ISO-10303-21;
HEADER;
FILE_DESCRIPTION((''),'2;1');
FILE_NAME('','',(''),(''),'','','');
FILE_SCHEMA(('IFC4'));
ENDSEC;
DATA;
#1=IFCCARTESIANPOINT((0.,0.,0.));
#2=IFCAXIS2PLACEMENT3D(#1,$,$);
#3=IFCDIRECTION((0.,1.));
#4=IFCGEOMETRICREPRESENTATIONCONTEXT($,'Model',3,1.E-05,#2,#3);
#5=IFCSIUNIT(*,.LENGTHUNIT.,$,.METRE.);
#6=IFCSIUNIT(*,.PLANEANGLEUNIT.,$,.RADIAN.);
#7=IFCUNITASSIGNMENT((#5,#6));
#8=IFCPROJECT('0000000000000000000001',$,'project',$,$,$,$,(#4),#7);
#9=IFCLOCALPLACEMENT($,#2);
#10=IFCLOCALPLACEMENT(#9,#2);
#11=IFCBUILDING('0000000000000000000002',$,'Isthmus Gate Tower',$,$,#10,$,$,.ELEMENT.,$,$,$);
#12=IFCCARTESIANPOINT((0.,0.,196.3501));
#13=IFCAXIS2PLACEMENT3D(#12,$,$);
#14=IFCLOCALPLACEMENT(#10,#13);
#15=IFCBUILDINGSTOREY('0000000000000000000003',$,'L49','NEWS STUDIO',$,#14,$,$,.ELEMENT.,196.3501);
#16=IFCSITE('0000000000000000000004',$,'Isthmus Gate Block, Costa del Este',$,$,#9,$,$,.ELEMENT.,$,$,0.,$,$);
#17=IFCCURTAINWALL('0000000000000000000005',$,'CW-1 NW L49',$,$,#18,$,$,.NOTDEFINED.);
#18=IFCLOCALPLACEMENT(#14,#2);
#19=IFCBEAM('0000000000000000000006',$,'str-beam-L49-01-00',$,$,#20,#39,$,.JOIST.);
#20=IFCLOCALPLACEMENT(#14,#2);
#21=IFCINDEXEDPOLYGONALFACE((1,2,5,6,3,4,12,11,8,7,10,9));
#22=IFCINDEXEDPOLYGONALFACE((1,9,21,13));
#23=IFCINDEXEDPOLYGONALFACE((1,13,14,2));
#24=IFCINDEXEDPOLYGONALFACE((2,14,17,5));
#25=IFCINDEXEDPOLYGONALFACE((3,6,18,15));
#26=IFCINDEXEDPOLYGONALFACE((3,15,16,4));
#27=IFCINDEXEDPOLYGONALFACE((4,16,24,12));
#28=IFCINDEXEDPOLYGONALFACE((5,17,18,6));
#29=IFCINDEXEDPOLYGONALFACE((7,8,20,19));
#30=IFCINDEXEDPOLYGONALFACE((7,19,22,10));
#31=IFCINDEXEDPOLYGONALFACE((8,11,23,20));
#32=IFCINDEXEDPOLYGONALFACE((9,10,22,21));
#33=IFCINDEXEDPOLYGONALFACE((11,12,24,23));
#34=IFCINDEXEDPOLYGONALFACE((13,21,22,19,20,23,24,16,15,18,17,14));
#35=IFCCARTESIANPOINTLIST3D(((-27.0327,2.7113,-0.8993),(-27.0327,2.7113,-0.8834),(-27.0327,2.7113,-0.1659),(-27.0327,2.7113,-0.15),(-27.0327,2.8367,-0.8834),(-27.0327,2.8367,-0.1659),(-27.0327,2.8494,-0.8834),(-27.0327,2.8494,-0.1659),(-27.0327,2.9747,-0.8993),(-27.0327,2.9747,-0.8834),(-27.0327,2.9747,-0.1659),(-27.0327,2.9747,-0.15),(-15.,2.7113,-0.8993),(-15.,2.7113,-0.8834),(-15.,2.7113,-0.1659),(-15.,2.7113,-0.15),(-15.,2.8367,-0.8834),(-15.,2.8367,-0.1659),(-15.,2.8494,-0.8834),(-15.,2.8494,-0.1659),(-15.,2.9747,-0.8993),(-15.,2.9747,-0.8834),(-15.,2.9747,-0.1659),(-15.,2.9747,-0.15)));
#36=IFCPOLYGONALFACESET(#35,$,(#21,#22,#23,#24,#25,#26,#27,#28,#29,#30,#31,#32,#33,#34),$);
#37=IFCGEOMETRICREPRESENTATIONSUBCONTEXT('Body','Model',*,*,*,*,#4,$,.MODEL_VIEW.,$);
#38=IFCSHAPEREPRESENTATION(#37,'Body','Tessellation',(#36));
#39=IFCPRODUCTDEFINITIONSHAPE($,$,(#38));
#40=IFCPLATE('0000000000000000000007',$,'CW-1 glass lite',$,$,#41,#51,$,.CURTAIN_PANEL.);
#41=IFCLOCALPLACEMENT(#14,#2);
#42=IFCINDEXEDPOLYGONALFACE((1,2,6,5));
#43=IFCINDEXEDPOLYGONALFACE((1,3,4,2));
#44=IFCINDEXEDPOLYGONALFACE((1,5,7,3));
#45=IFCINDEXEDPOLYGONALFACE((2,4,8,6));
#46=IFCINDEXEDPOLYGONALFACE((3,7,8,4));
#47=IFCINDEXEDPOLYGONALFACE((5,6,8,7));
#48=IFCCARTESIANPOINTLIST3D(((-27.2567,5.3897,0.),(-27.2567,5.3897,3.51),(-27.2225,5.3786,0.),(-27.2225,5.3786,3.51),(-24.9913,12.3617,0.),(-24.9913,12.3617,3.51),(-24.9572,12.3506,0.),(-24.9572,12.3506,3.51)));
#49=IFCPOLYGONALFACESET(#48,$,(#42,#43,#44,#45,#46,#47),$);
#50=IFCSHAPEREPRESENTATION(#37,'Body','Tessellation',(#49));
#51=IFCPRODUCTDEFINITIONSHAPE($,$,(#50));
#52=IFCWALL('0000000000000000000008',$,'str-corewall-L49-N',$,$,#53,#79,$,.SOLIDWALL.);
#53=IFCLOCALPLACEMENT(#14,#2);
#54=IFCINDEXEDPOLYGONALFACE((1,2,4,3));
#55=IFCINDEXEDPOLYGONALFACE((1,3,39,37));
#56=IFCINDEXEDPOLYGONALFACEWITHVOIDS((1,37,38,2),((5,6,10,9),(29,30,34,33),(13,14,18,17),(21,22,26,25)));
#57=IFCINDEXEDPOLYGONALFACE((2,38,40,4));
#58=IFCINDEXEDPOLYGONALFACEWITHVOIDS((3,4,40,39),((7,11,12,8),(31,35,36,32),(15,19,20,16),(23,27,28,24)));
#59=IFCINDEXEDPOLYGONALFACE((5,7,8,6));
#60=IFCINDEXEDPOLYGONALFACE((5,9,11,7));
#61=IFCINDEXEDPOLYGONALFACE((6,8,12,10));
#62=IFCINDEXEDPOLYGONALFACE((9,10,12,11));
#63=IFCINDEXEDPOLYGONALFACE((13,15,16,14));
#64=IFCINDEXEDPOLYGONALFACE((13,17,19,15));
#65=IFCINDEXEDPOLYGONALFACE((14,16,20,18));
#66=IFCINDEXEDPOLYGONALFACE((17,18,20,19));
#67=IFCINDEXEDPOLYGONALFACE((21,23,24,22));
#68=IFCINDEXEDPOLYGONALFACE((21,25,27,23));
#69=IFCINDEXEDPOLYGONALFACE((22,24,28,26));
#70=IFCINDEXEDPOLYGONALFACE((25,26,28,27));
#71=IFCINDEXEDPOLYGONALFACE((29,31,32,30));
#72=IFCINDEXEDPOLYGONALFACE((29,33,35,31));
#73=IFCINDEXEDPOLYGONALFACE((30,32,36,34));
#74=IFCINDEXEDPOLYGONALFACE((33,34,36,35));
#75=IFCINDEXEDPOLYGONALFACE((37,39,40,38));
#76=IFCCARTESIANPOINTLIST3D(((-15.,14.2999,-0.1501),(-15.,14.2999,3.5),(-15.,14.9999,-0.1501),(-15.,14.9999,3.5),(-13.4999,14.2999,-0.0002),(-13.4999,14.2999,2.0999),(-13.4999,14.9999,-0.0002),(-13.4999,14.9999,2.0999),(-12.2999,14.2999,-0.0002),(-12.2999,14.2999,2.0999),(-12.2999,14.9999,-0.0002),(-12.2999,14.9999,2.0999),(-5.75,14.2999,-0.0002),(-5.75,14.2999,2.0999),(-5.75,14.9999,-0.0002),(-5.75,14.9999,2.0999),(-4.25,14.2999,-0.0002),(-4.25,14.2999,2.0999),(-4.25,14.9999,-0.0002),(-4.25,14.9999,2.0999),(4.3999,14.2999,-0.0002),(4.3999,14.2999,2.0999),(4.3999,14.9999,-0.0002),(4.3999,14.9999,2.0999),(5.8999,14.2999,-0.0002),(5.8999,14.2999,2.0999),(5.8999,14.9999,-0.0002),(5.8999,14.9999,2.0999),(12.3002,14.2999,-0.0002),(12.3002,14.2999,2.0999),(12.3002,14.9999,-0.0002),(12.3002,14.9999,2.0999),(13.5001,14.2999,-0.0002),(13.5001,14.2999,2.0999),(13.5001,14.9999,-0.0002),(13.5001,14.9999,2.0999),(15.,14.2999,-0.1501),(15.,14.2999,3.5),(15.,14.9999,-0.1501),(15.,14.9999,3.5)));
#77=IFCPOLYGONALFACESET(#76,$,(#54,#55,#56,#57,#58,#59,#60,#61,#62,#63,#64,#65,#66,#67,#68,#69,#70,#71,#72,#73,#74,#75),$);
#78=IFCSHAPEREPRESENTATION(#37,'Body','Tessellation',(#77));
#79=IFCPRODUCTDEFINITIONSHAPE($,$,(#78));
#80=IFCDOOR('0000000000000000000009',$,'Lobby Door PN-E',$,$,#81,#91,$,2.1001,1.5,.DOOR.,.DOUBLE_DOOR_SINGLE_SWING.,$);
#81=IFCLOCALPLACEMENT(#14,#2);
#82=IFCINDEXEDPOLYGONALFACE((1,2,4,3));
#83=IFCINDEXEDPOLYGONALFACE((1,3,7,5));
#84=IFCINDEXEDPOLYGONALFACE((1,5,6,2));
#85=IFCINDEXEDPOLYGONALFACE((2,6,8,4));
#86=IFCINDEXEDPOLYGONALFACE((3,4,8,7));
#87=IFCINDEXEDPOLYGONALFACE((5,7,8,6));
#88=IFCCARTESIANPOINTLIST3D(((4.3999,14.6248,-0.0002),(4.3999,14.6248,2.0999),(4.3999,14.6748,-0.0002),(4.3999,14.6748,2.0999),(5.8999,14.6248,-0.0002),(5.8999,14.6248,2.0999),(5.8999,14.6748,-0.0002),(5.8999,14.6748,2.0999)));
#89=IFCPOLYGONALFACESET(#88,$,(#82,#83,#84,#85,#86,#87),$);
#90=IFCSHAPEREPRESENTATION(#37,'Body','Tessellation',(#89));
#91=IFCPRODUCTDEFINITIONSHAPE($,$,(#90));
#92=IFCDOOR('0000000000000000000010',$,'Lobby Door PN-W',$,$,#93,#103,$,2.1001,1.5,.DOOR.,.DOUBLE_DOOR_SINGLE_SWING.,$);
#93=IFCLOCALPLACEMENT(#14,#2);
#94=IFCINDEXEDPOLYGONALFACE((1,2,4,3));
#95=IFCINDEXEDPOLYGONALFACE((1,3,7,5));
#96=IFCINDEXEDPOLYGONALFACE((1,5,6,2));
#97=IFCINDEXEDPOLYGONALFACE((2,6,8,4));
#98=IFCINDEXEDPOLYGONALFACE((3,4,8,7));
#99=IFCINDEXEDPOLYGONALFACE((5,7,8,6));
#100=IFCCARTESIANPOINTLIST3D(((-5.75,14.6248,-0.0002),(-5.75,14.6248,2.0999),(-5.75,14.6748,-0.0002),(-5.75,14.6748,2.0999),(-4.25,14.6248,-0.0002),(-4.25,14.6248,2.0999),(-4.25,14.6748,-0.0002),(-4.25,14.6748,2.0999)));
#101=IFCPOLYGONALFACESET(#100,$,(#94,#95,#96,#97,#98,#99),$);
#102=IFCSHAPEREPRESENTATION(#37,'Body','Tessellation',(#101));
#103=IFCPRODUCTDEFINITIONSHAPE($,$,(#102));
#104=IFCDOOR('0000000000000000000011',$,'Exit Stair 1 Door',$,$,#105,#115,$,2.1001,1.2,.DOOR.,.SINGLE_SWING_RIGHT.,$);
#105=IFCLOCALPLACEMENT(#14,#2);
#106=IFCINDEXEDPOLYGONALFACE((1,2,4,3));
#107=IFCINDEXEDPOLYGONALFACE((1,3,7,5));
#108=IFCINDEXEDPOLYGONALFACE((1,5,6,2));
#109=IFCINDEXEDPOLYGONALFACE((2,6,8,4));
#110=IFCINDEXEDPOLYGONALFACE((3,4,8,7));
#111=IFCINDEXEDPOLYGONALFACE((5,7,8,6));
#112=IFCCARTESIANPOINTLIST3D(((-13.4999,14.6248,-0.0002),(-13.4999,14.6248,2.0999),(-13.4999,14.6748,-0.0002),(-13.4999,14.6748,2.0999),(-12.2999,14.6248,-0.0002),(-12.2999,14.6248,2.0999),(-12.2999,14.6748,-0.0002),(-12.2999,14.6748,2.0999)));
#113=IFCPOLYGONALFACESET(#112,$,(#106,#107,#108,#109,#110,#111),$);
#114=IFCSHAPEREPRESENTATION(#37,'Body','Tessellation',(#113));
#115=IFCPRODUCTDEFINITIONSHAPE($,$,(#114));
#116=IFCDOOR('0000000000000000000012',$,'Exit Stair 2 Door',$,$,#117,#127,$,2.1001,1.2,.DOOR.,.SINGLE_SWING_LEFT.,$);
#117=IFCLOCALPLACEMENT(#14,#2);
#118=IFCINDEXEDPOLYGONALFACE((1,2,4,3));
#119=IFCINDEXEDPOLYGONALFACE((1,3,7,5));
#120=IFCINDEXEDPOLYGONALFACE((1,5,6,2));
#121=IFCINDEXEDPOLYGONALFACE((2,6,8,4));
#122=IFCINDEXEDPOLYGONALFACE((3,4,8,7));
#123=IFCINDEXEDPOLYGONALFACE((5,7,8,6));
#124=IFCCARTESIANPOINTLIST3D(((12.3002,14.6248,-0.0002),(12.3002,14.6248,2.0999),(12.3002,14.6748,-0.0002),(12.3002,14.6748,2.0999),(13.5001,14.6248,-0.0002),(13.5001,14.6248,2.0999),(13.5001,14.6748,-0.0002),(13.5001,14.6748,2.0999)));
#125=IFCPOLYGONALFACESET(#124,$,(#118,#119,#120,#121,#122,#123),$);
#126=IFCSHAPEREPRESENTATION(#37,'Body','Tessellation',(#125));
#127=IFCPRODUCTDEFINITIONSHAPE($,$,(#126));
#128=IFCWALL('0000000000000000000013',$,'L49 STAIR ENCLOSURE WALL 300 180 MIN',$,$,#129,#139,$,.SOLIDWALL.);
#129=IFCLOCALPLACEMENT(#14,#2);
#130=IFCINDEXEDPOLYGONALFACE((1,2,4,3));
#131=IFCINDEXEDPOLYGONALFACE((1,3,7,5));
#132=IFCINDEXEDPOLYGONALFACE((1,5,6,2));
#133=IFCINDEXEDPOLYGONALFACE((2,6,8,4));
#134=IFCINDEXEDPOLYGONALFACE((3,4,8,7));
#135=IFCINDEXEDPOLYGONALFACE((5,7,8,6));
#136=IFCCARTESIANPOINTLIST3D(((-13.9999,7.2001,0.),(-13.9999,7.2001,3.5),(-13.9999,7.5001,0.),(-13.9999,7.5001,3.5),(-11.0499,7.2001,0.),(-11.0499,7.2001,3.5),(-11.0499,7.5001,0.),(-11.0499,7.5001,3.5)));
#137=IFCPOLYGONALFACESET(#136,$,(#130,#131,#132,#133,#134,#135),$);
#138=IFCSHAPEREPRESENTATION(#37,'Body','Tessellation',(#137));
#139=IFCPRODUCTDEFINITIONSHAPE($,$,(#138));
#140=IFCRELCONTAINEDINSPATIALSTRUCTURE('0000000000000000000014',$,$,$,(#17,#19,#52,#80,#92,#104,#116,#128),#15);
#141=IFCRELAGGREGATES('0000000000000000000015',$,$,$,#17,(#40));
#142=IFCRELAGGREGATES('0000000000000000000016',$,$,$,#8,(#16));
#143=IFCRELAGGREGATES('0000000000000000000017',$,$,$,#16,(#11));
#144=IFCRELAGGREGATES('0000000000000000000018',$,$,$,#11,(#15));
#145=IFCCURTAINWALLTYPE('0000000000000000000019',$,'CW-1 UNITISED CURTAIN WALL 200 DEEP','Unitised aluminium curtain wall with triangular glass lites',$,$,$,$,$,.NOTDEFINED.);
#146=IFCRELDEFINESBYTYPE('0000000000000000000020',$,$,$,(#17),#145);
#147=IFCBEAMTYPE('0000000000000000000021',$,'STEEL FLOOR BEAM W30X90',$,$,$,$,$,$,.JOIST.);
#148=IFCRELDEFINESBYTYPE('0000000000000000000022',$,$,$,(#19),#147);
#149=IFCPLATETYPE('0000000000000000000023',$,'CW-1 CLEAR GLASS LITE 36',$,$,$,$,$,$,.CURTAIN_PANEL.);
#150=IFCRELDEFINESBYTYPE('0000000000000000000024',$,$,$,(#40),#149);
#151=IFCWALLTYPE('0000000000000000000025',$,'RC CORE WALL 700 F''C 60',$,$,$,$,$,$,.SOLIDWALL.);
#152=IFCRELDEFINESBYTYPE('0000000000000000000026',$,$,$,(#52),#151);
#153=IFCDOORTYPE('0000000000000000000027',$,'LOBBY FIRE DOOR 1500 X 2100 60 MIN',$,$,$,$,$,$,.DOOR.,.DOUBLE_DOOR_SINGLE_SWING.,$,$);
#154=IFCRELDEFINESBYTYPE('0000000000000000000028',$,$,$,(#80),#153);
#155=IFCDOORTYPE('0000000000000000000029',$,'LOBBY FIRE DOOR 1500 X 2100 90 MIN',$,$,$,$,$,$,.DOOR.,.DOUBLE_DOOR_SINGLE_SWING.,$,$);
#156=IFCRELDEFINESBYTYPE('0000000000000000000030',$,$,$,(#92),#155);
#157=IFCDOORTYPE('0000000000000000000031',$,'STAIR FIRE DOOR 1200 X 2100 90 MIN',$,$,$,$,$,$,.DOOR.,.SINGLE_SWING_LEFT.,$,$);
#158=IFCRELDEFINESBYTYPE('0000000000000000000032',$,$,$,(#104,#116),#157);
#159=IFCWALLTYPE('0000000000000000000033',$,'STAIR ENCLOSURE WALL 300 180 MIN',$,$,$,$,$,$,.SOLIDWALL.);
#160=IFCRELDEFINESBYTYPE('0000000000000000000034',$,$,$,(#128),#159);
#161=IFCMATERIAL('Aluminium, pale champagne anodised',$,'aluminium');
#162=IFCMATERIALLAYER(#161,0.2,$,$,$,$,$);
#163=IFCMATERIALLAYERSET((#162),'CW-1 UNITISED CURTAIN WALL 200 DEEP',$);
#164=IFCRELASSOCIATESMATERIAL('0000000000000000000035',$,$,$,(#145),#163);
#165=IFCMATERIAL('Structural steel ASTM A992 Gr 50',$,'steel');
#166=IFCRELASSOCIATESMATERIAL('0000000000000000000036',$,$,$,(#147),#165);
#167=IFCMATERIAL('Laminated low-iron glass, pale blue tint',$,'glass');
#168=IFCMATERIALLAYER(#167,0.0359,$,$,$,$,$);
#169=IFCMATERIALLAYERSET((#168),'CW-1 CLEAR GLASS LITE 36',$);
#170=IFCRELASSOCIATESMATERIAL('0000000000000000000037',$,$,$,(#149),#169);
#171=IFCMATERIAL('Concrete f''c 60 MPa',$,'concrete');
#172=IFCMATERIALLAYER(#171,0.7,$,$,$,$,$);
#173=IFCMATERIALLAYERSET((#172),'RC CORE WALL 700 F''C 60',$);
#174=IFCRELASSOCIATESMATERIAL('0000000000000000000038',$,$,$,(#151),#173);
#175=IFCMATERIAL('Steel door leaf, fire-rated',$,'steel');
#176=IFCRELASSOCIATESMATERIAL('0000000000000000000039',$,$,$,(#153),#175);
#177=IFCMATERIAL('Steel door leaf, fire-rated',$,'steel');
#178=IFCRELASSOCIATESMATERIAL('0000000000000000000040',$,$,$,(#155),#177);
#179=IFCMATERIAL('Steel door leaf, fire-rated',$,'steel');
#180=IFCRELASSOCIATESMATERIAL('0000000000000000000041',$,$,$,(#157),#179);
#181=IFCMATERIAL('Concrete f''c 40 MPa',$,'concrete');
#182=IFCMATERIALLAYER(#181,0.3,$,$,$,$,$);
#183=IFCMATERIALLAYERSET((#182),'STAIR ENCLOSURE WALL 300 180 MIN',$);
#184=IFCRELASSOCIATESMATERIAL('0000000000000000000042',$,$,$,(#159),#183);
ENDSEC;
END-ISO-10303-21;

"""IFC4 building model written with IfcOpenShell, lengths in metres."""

from ifc_helpers import new_model, si_unit, direction, frame, frame_2d, origin, origin_2d, place, context, subcontext, project, spatial, rectangle, i_section, extrude, material, layer, layer_set, material_profile, profile_set, type_object, element, fill, aggregate, save


model = new_model("IFC4")

# Units and contexts
model_context = context("Model", 3, precision=1e-05, world=origin(), true_north=direction((0.0, 1.0)))
body_context = subcontext(model_context, "Body", "Model", "MODEL_VIEW")
ifc_project = project(units=[si_unit("LENGTHUNIT", "METRE"), si_unit("PLANEANGLEUNIT", "RADIAN")], contexts=[model_context])

# Site, building, storey
site_placement = place(None, origin())
site = spatial("IfcSite", under=ifc_project, at=site_placement, Name="Isthmus Gate Block, Costa del Este", CompositionType="ELEMENT", RefElevation=0.0)
building_placement = place(site_placement, origin())
building = spatial("IfcBuilding", under=site, at=building_placement, Name="Isthmus Gate Tower", CompositionType="ELEMENT")
storey_placement = place(building_placement, frame((0.0, 0.0, 196.3501)))
storey = spatial("IfcBuildingStorey", under=building, at=storey_placement, Name="L49", Description="NEWS STUDIO", CompositionType="ELEMENT", Elevation=196.3501)

# Curtain wall
ifc_material_1 = material(Name="Aluminium, pale champagne anodised", Category="aluminium")
ifc_layer_1 = layer(ifc_material_1, 0.2)
ifc_layer_set_1 = layer_set([ifc_layer_1], Name="CW-1 UNITISED CURTAIN WALL 200 DEEP")
curtain_wall_type = type_object("IfcCurtainWallType", Name="CW-1 UNITISED CURTAIN WALL 200 DEEP", Description="Unitised aluminium curtain wall with triangular glass lites", PredefinedType="NOTDEFINED", material=ifc_layer_set_1)
curtain_wall_placement = place(storey_placement, origin())
curtain_wall = element("IfcCurtainWall", 1, at=curtain_wall_placement, inside=storey, type_object=curtain_wall_type, Name="CW-1 NW L49", PredefinedType="NOTDEFINED")

# Beam
ifc_material_2 = material(Name="Structural steel ASTM A992 Gr 50", Category="steel")
ifc_material_profile_1 = material_profile(ifc_material_2, i_section(OverallWidth=0.2634, OverallDepth=0.7493, WebThickness=0.0127, FlangeThickness=0.0159, at=origin_2d()), Name="W30X90")
ifc_profile_set_1 = profile_set([ifc_material_profile_1], Name="Structural steel ASTM A992 Gr 50")
beam_type_1 = type_object("IfcBeamType", Name="STEEL FLOOR BEAM W30X90", PredefinedType="JOIST", material=ifc_profile_set_1)
beam_1_placement = place(storey_placement, frame((-27.0327, 2.843, -0.5247), z_axis=(1.0, 0.0, 0.0), x_axis=(0.0, 1.0, 0.0)))
element("IfcBeam", 2, at=beam_1_placement, inside=storey, type_object=beam_type_1, Name="str-beam-L49-01-00", PredefinedType="JOIST", context=body_context, shape_type="SweptSolid", body=[
    extrude(i_section(OverallWidth=0.2634, OverallDepth=0.7493, WebThickness=0.0127, FlangeThickness=0.0159, at=origin_2d()), origin(), (0.0, 0.0, 1.0), 12.0327),
])

# Plate
ifc_material_3 = material(Name="Laminated low-iron glass, pale blue tint", Category="glass")
ifc_layer_2 = layer(ifc_material_3, 0.0359)
ifc_layer_set_2 = layer_set([ifc_layer_2], Name="CW-1 CLEAR GLASS LITE 36")
plate_type = type_object("IfcPlateType", Name="CW-1 CLEAR GLASS LITE 36", PredefinedType="CURTAIN_PANEL", material=ifc_layer_set_2)
plate_placement = place(storey_placement, frame((-26.1069, 8.8701, 0.0), z_axis=(0.0, 0.0, 1.0), x_axis=(-0.309017, -0.951057, 0.0)))
plate = element("IfcPlate", 3, at=plate_placement, type_object=plate_type, Name="CW-1 glass lite", PredefinedType="CURTAIN_PANEL", context=body_context, shape_type="SweptSolid", body=[
    extrude(rectangle(XDim=7.3308, YDim=0.0359, at=origin_2d()), origin(), (0.0, 0.0, 1.0), 3.51),
])
aggregate(curtain_wall, [plate])

# Wall, openings, doors
ifc_material_4 = material(Name="Concrete f'c 60 MPa", Category="concrete")
ifc_layer_3 = layer(ifc_material_4, 0.7)
ifc_layer_set_3 = layer_set([ifc_layer_3], Name="RC CORE WALL 700 F'C 60")
wall_type_1 = type_object("IfcWallType", Name="RC CORE WALL 700 F'C 60", PredefinedType="SOLIDWALL", material=ifc_layer_set_3)
wall_1_placement = place(storey_placement, frame((-15.0, 14.6499, -0.1501), z_axis=(0.0, 0.0, 1.0), x_axis=(1.0, 0.0, 0.0)))
wall_1 = element("IfcWall", 4, at=wall_1_placement, inside=storey, type_object=wall_type_1, Name="str-corewall-L49-N", PredefinedType="SOLIDWALL", context=body_context, shape_type="SweptSolid", body=[
    extrude(rectangle(XDim=30.0, YDim=0.7, at=frame_2d((15.0, 0.0))), origin(), (0.0, 0.0, 1.0), 3.6501),
])
opening_1_placement = place(wall_1_placement, frame((9.25, 0.0, 0.1499)))
opening_1 = element("IfcOpeningElement", 5, at=opening_1_placement, cuts=wall_1, PredefinedType="OPENING", context=body_context, shape_type="SweptSolid", body=[
    extrude(rectangle(XDim=1.5, YDim=2.1001, at=frame_2d((0.75, 1.05))), frame((0.0, 0.3599, 0.0), z_axis=(0.0, -1.0, 0.0), x_axis=(1.0, 0.0, 0.0)), (0.0, 0.0, 1.0), 0.72),
])
opening_2_placement = place(wall_1_placement, frame((19.3999, 0.0, 0.1499)))
opening_2 = element("IfcOpeningElement", 6, at=opening_2_placement, cuts=wall_1, PredefinedType="OPENING", context=body_context, shape_type="SweptSolid", body=[
    extrude(rectangle(XDim=1.5, YDim=2.1001, at=frame_2d((0.75, 1.05))), frame((0.0, 0.3599, 0.0), z_axis=(0.0, -1.0, 0.0), x_axis=(1.0, 0.0, 0.0)), (0.0, 0.0, 1.0), 0.72),
])
opening_3_placement = place(wall_1_placement, frame((1.5, 0.0, 0.1499)))
opening_3 = element("IfcOpeningElement", 7, at=opening_3_placement, cuts=wall_1, PredefinedType="OPENING", context=body_context, shape_type="SweptSolid", body=[
    extrude(rectangle(XDim=1.2, YDim=2.1001, at=frame_2d((0.6001, 1.05))), frame((0.0, 0.3599, 0.0), z_axis=(0.0, -1.0, 0.0), x_axis=(1.0, 0.0, 0.0)), (0.0, 0.0, 1.0), 0.72),
])
opening_4_placement = place(wall_1_placement, frame((27.3, 0.0, 0.1499)))
opening_4 = element("IfcOpeningElement", 8, at=opening_4_placement, cuts=wall_1, PredefinedType="OPENING", context=body_context, shape_type="SweptSolid", body=[
    extrude(rectangle(XDim=1.2, YDim=2.1001, at=frame_2d((0.6001, 1.05))), frame((0.0, 0.3599, 0.0), z_axis=(0.0, -1.0, 0.0), x_axis=(1.0, 0.0, 0.0)), (0.0, 0.0, 1.0), 0.72),
])
ifc_material_5 = material(Name="Steel door leaf, fire-rated", Category="steel")
door_type_1 = type_object("IfcDoorType", Name="LOBBY FIRE DOOR 1500 X 2100 60 MIN", OperationType="DOUBLE_DOOR_SINGLE_SWING", PredefinedType="DOOR", material=ifc_material_5)
door_1_placement = place(opening_2_placement, origin())
door_1 = element("IfcDoor", 9, at=door_1_placement, inside=storey, type_object=door_type_1, Name="Lobby Door PN-E", OperationType="DOUBLE_DOOR_SINGLE_SWING", OverallHeight=2.1001, OverallWidth=1.5, PredefinedType="DOOR", context=body_context, shape_type="SweptSolid", body=[
    extrude(rectangle(XDim=1.5, YDim=2.1001, at=frame_2d((0.75, 1.05))), frame((0.0, 0.0249, 0.0), z_axis=(0.0, -1.0, 0.0), x_axis=(1.0, 0.0, 0.0)), (0.0, 0.0, 1.0), 0.05),
])
fill(opening_2, door_1)
ifc_material_6 = material(Name="Steel door leaf, fire-rated", Category="steel")
door_type_2 = type_object("IfcDoorType", Name="LOBBY FIRE DOOR 1500 X 2100 90 MIN", OperationType="DOUBLE_DOOR_SINGLE_SWING", PredefinedType="DOOR", material=ifc_material_6)
door_2_placement = place(opening_1_placement, origin())
door_2 = element("IfcDoor", 10, at=door_2_placement, inside=storey, type_object=door_type_2, Name="Lobby Door PN-W", OperationType="DOUBLE_DOOR_SINGLE_SWING", OverallHeight=2.1001, OverallWidth=1.5, PredefinedType="DOOR", context=body_context, shape_type="SweptSolid", body=[
    extrude(rectangle(XDim=1.5, YDim=2.1001, at=frame_2d((0.75, 1.05))), frame((0.0, 0.0249, 0.0), z_axis=(0.0, -1.0, 0.0), x_axis=(1.0, 0.0, 0.0)), (0.0, 0.0, 1.0), 0.05),
])
fill(opening_1, door_2)
ifc_material_7 = material(Name="Steel door leaf, fire-rated", Category="steel")
door_type_3 = type_object("IfcDoorType", Name="STAIR FIRE DOOR 1200 X 2100 90 MIN", OperationType="SINGLE_SWING_LEFT", PredefinedType="DOOR", material=ifc_material_7)
door_3_placement = place(opening_3_placement, origin())
door_3 = element("IfcDoor", 11, at=door_3_placement, inside=storey, type_object=door_type_3, Name="Exit Stair 1 Door", OperationType="SINGLE_SWING_RIGHT", OverallHeight=2.1001, OverallWidth=1.2, PredefinedType="DOOR", context=body_context, shape_type="SweptSolid", body=[
    extrude(rectangle(XDim=1.2, YDim=2.1001, at=frame_2d((0.6001, 1.05))), frame((0.0, 0.0249, 0.0), z_axis=(0.0, -1.0, 0.0), x_axis=(1.0, 0.0, 0.0)), (0.0, 0.0, 1.0), 0.05),
])
fill(opening_3, door_3)
door_4_placement = place(opening_4_placement, origin())
door_4 = element("IfcDoor", 12, at=door_4_placement, inside=storey, type_object=door_type_3, Name="Exit Stair 2 Door", OperationType="SINGLE_SWING_LEFT", OverallHeight=2.1001, OverallWidth=1.2, PredefinedType="DOOR", context=body_context, shape_type="SweptSolid", body=[
    extrude(rectangle(XDim=1.2, YDim=2.1001, at=frame_2d((0.6001, 1.05))), frame((0.0, 0.0249, 0.0), z_axis=(0.0, -1.0, 0.0), x_axis=(1.0, 0.0, 0.0)), (0.0, 0.0, 1.0), 0.05),
])
fill(opening_4, door_4)

# Wall
ifc_material_8 = material(Name="Concrete f'c 40 MPa", Category="concrete")
ifc_layer_4 = layer(ifc_material_8, 0.3)
ifc_layer_set_4 = layer_set([ifc_layer_4], Name="STAIR ENCLOSURE WALL 300 180 MIN")
wall_type_2 = type_object("IfcWallType", Name="STAIR ENCLOSURE WALL 300 180 MIN", PredefinedType="SOLIDWALL", material=ifc_layer_set_4)
wall_2_placement = place(storey_placement, frame((-14.0, 7.3501, 0.0), z_axis=(0.0, 0.0, 1.0), x_axis=(1.0, 0.0, 0.0)))
element("IfcWall", 13, at=wall_2_placement, inside=storey, type_object=wall_type_2, Name="L49 STAIR ENCLOSURE WALL 300 180 MIN", PredefinedType="SOLIDWALL", context=body_context, shape_type="SweptSolid", body=[
    extrude(rectangle(XDim=2.95, YDim=0.3, at=frame_2d((1.4751, 0.0))), origin(), (0.0, 0.0, 1.0), 3.5),
])

save(model, "model.ifc")
